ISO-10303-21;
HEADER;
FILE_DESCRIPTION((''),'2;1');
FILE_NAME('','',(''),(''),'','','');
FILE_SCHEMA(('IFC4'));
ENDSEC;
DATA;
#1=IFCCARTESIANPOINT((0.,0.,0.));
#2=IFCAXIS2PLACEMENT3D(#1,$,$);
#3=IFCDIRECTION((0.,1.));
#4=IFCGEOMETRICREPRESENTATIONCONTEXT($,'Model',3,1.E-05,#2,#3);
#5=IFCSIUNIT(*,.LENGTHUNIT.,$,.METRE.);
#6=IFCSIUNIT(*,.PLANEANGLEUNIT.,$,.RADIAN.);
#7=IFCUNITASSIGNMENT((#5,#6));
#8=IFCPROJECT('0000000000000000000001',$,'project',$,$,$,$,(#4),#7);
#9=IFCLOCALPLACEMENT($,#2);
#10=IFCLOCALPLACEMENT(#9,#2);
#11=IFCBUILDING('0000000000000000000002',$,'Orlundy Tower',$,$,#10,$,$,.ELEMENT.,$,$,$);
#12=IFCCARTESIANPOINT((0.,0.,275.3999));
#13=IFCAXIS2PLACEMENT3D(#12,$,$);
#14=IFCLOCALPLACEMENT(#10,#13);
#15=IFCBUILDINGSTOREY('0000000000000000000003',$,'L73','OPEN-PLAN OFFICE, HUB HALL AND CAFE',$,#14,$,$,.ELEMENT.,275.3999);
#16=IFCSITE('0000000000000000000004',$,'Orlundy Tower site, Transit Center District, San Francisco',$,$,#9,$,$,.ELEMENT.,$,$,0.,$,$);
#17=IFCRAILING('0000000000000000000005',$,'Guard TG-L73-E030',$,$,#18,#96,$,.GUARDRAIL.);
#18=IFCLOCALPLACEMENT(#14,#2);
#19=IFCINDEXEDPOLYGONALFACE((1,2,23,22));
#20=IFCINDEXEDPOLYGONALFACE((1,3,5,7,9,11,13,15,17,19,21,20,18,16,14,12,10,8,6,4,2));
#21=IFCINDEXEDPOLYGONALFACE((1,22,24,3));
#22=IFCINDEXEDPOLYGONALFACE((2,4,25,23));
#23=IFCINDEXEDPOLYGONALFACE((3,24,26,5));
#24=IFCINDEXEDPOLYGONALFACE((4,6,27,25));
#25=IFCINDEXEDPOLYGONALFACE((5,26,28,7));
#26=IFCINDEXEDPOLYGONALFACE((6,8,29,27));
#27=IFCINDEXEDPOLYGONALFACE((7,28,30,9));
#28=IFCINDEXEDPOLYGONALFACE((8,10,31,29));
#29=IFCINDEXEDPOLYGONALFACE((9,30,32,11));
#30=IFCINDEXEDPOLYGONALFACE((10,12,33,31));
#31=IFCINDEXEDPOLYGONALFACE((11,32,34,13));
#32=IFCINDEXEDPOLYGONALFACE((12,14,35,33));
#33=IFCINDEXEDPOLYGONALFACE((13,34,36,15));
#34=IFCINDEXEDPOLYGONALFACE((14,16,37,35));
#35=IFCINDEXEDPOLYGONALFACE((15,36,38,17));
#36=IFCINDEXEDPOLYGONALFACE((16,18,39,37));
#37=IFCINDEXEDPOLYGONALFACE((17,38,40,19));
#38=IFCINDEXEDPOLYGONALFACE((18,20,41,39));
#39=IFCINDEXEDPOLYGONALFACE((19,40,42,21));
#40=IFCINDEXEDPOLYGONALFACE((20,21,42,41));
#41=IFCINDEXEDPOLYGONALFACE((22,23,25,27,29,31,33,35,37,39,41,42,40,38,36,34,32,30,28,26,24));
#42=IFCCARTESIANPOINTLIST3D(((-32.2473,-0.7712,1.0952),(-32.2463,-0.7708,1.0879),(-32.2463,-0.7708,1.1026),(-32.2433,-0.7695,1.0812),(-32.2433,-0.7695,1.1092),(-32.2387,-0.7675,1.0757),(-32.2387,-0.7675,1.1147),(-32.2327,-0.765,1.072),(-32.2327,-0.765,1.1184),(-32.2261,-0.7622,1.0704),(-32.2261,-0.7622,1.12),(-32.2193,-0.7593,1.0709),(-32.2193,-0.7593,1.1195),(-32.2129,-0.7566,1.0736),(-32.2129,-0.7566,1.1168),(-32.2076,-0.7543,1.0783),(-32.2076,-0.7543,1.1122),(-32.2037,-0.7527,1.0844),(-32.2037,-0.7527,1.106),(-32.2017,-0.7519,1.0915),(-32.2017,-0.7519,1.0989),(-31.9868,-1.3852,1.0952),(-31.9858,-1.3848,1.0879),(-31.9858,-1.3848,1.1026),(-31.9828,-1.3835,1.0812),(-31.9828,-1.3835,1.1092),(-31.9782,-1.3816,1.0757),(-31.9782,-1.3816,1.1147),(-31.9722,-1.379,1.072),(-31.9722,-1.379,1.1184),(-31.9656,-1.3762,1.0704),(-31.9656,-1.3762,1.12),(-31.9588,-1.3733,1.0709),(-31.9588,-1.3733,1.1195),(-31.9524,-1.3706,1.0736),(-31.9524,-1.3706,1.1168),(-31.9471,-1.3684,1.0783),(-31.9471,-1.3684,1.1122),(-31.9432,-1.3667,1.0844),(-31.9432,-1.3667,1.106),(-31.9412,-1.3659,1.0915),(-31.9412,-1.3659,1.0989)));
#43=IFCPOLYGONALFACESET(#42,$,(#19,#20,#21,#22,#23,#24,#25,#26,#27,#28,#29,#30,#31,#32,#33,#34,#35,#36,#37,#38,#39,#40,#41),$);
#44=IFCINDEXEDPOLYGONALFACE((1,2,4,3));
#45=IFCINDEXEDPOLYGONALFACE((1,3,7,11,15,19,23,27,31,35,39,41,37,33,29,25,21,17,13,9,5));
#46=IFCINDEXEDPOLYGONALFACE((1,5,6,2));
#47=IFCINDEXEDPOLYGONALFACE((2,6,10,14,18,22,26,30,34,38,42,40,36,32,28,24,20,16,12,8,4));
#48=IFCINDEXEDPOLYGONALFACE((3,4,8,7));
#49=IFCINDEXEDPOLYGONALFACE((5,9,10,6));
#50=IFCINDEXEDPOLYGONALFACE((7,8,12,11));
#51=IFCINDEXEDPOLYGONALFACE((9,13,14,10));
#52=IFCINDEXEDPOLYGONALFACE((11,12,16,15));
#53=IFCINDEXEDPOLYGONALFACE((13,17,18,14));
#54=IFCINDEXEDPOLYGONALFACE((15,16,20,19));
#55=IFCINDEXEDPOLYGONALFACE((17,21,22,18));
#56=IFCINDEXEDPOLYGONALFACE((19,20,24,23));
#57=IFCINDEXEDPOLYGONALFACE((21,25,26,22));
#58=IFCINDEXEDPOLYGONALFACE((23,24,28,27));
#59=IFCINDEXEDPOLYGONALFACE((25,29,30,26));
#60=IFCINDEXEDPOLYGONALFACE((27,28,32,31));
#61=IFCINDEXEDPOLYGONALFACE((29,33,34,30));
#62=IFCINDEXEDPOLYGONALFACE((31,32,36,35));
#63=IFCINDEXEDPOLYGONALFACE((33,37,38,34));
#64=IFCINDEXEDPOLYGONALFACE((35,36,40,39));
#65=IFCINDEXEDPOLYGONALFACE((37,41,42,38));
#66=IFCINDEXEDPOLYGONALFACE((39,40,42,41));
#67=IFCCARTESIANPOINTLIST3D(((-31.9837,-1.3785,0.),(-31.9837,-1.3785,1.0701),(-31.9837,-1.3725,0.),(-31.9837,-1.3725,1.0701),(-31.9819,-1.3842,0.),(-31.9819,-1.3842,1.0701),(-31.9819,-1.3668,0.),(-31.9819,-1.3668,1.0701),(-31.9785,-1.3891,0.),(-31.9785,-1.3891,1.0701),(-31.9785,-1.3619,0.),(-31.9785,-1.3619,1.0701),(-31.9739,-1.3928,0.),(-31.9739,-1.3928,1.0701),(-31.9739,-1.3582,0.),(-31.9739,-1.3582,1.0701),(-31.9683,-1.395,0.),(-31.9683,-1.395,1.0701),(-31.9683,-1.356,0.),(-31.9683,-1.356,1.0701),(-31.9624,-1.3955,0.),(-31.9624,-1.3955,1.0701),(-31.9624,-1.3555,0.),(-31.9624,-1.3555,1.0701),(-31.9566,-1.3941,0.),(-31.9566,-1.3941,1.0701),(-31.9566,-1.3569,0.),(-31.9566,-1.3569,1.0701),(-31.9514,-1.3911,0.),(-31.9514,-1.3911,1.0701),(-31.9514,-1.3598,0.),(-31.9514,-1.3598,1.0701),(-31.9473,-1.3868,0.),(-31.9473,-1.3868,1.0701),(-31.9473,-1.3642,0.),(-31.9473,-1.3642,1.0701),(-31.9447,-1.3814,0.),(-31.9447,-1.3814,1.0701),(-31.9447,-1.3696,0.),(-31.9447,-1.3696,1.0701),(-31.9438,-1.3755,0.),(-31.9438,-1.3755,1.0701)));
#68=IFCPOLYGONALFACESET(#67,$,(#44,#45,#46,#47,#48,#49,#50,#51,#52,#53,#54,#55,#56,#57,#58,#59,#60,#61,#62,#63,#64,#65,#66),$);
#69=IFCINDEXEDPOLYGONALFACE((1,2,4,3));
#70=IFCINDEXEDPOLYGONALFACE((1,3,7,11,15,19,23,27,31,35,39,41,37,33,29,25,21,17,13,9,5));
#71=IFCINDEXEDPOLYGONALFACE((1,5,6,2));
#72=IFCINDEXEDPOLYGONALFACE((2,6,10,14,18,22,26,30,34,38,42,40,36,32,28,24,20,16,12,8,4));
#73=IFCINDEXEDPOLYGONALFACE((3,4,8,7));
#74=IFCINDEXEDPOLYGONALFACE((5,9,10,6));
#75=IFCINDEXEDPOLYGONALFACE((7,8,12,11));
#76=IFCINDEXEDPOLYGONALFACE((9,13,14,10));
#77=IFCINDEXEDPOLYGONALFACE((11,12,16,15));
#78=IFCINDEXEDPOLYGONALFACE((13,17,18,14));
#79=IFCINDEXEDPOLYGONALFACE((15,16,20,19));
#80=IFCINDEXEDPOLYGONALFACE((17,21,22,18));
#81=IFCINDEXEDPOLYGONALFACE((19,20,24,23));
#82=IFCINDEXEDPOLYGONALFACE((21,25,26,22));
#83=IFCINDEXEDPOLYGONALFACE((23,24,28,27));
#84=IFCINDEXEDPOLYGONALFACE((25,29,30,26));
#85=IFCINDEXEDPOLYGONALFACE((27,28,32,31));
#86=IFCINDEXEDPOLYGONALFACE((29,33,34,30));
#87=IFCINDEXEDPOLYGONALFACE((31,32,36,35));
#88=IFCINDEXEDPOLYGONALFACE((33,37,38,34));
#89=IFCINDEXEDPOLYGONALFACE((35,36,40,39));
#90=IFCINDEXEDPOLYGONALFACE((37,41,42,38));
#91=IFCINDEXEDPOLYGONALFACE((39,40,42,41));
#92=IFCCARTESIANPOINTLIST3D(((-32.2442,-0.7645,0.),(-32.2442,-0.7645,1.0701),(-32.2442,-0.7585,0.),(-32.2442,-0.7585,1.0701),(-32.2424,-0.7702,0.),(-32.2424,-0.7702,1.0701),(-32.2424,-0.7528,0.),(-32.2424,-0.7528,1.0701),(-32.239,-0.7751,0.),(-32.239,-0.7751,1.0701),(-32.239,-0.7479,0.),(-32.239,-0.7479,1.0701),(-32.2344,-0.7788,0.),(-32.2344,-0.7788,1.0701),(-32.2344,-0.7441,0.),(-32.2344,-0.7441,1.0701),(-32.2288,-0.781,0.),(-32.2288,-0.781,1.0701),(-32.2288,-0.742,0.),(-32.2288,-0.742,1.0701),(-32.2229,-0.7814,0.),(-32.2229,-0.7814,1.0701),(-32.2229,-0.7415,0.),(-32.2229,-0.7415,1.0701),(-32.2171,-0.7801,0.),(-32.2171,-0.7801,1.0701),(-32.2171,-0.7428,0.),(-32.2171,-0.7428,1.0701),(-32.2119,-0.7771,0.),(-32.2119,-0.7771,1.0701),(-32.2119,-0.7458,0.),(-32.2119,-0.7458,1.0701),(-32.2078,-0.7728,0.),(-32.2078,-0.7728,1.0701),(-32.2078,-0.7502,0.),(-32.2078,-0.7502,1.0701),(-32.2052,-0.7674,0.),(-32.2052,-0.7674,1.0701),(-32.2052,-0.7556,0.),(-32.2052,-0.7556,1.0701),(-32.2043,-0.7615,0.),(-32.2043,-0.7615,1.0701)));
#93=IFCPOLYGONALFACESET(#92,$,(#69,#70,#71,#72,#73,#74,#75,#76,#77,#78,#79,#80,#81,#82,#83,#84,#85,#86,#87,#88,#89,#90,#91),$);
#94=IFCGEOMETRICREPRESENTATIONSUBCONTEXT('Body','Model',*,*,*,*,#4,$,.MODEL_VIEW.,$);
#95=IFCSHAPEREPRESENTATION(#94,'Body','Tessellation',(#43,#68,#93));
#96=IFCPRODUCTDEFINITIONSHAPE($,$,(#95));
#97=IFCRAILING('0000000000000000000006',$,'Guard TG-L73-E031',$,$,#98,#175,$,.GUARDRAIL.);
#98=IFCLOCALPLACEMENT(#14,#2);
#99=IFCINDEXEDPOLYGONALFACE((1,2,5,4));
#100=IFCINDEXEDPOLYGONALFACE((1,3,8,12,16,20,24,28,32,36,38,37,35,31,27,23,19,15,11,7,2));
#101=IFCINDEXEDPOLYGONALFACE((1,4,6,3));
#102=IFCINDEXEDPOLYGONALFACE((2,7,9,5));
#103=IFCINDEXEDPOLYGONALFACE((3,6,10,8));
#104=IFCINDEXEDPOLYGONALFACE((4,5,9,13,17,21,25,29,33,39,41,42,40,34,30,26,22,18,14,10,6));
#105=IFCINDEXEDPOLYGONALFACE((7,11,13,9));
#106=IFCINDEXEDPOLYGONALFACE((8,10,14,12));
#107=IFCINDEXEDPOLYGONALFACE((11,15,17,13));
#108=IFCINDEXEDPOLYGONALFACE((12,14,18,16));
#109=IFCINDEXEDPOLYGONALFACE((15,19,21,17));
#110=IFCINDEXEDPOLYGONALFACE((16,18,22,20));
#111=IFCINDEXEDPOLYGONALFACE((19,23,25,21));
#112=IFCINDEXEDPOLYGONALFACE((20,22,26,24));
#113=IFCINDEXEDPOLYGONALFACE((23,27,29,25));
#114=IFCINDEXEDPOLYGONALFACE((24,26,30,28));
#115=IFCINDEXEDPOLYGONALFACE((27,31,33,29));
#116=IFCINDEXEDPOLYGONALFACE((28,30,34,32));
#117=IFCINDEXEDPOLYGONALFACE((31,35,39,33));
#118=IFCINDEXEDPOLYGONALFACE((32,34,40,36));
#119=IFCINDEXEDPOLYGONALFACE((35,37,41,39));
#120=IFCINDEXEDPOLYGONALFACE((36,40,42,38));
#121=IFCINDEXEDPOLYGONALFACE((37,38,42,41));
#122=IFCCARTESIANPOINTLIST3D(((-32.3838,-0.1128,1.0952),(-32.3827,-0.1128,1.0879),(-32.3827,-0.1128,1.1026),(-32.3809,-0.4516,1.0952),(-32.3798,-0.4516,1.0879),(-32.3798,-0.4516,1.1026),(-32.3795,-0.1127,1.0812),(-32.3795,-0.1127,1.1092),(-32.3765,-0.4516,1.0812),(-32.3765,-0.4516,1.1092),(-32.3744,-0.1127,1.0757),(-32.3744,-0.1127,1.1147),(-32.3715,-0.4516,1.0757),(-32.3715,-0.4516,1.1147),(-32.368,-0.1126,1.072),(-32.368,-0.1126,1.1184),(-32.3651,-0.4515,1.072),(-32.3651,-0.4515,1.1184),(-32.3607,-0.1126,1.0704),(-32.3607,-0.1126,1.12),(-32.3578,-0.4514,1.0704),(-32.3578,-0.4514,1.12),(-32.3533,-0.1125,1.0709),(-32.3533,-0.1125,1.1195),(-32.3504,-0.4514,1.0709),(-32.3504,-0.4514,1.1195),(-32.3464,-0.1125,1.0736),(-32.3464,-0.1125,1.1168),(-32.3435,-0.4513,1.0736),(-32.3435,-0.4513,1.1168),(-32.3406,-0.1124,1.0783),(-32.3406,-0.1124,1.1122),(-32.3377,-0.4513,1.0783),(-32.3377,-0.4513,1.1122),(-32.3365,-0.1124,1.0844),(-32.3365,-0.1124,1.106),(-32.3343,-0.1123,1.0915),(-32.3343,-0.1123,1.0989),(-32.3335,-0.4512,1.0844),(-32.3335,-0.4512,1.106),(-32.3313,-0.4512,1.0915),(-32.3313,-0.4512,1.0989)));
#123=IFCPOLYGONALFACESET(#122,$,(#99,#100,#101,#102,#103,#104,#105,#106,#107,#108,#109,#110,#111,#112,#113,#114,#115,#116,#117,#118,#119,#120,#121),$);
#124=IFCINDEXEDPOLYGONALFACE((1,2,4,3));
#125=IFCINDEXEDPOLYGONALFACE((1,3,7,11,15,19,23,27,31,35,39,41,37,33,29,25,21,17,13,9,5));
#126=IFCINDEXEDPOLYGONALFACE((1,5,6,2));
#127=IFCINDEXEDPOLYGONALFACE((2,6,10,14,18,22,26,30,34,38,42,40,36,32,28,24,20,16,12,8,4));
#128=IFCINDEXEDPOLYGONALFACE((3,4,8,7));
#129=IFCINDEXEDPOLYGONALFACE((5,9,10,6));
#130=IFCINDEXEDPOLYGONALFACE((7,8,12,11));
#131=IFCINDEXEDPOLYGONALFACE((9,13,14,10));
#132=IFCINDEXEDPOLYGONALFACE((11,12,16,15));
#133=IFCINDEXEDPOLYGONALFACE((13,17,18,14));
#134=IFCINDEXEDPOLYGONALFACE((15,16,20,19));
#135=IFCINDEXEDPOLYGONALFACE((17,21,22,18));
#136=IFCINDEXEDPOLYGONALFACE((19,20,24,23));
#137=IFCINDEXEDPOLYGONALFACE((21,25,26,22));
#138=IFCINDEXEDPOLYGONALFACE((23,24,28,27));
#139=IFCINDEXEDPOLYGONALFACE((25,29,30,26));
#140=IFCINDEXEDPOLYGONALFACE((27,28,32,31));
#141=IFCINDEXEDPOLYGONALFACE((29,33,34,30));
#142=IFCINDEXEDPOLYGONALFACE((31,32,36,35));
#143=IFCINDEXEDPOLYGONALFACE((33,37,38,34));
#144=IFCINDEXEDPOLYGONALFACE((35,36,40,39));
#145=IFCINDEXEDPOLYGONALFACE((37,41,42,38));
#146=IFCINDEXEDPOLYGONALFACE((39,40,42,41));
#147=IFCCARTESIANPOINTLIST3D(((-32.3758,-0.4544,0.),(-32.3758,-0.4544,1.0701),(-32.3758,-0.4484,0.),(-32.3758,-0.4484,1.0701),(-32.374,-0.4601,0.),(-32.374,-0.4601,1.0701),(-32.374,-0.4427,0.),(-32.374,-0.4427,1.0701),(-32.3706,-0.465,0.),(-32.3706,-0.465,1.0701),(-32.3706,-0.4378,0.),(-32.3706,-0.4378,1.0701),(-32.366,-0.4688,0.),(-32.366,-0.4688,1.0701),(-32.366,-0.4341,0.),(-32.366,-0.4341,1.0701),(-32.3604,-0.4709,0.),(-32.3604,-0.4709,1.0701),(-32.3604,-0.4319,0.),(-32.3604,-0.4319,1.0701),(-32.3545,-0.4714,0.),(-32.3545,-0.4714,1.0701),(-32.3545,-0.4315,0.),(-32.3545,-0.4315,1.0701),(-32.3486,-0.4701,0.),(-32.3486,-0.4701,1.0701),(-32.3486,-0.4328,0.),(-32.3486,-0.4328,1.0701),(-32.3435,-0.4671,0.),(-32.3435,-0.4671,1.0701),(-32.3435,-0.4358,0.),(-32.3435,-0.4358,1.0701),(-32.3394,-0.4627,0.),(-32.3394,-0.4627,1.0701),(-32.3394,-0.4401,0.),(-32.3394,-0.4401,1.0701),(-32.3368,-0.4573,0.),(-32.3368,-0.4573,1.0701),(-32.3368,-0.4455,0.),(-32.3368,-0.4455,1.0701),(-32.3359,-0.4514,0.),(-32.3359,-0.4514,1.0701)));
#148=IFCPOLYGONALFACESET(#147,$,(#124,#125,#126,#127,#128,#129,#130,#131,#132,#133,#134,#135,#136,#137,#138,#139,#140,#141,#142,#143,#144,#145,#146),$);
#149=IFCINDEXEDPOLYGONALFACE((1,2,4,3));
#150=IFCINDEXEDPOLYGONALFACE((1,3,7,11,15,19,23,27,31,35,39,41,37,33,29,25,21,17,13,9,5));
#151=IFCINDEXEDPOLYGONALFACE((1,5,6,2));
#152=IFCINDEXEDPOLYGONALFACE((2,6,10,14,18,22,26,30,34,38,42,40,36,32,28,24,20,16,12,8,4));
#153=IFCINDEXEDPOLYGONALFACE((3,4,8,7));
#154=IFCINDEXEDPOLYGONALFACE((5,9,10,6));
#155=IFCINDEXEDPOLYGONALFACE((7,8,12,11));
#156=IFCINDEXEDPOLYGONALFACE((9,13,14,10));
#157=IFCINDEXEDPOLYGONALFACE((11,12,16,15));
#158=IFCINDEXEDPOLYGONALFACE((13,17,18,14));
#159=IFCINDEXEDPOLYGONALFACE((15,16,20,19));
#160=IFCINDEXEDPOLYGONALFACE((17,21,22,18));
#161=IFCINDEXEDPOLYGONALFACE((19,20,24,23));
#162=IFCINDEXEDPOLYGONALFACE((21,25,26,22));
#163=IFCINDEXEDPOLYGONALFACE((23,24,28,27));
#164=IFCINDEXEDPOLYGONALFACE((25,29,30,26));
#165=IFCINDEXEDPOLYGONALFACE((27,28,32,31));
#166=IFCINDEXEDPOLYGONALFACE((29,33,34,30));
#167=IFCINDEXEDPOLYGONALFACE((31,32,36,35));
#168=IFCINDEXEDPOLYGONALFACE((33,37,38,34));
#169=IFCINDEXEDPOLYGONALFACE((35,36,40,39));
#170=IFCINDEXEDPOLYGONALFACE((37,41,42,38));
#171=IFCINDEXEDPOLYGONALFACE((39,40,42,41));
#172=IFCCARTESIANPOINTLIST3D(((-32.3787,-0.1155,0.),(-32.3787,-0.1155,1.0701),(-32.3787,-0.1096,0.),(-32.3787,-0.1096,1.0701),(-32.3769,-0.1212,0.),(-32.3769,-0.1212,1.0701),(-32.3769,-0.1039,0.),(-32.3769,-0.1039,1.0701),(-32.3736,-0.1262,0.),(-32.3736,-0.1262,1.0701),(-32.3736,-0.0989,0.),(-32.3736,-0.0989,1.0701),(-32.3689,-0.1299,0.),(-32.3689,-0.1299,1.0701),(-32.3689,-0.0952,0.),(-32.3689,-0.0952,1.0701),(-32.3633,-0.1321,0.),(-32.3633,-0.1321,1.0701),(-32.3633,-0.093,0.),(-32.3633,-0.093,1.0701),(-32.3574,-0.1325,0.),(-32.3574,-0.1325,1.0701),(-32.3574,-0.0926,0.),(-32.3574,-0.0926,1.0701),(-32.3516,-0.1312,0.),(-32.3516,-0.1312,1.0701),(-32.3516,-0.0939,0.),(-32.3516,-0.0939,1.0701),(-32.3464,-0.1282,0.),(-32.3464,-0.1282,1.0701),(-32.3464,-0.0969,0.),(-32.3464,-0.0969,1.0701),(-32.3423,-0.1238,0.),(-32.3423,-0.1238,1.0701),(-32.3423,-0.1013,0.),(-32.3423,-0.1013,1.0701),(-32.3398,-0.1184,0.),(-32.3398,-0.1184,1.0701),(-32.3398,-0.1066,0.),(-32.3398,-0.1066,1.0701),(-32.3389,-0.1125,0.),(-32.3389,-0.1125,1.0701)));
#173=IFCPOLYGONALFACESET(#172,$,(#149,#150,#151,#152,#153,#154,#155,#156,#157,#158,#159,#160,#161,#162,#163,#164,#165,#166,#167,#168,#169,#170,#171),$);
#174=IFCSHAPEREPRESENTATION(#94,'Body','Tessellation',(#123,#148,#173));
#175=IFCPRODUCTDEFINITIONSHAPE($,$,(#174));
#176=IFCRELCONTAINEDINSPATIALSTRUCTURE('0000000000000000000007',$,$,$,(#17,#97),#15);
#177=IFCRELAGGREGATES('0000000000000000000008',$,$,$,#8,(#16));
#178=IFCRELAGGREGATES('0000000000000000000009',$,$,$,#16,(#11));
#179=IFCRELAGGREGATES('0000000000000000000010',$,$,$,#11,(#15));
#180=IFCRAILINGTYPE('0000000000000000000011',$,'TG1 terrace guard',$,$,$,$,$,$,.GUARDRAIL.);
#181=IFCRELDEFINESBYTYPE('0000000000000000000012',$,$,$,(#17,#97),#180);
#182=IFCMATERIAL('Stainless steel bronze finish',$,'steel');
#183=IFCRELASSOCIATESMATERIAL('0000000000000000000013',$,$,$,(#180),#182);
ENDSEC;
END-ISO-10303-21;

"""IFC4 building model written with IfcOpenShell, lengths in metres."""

from ifc_helpers import new_model, si_unit, direction, frame, origin, origin_2d, place, context, subcontext, project, spatial, circle, extrude, material, type_object, element, save


model = new_model("IFC4")

# Units and contexts
model_context = context("Model", 3, precision=1e-05, world=origin(), true_north=direction((0.0, 1.0)))
body_context = subcontext(model_context, "Body", "Model", "MODEL_VIEW")
ifc_project = project(units=[si_unit("LENGTHUNIT", "METRE"), si_unit("PLANEANGLEUNIT", "RADIAN")], contexts=[model_context])

# Site, building, storey
site_placement = place(None, origin())
site = spatial("IfcSite", under=ifc_project, at=site_placement, Name="Orlundy Tower site, Transit Center District, San Francisco", CompositionType="ELEMENT", RefElevation=0.0)
building_placement = place(site_placement, origin())
building = spatial("IfcBuilding", under=site, at=building_placement, Name="Orlundy Tower", CompositionType="ELEMENT")
storey_placement = place(building_placement, frame((0.0, 0.0, 275.3999)))
storey = spatial("IfcBuildingStorey", under=building, at=storey_placement, Name="L73", Description="OPEN-PLAN OFFICE, HUB HALL AND CAFE", CompositionType="ELEMENT", Elevation=275.3999)

# Railings
ifc_material_1 = material(Name="Stainless steel bronze finish", Category="steel")
railing_type = type_object("IfcRailingType", Name="TG1 terrace guard", PredefinedType="GUARDRAIL", material=ifc_material_1)
railing_1_placement = place(storey_placement, frame((-31.9639, -1.3755, 0.0)))
element("IfcRailing", 1, at=railing_1_placement, inside=storey, type_object=railing_type, Name="Guard TG-L73-E030", PredefinedType="GUARDRAIL", context=body_context, shape_type="SweptSolid", body=[
    extrude(circle(Radius=0.0249, at=origin_2d()), frame((0.0, 0.0, 1.0952), z_axis=(-0.390559, 0.920578, 0.0), x_axis=(-0.920578, -0.390559, 0.0)), (0.0, 0.0, 1.0), 0.667),
    extrude(circle(Radius=0.02, at=origin_2d()), origin(), (0.0, 0.0, 1.0), 1.0701),
    extrude(circle(Radius=0.02, at=origin_2d()), frame((-0.2605, 0.614, 0.0)), (0.0, 0.0, 1.0), 1.0701),
])
railing_2_placement = place(storey_placement, frame((-32.356, -0.4514, 0.0)))
element("IfcRailing", 2, at=railing_2_placement, inside=storey, type_object=railing_type, Name="Guard TG-L73-E031", PredefinedType="GUARDRAIL", context=body_context, shape_type="SweptSolid", body=[
    extrude(circle(Radius=0.0249, at=origin_2d()), frame((0.0, 0.0, 1.0952), z_axis=(-0.008645, 0.999963, 0.0), x_axis=(-0.999963, -0.008645, 0.0)), (0.0, 0.0, 1.0), 0.3389),
    extrude(circle(Radius=0.02, at=origin_2d()), origin(), (0.0, 0.0, 1.0), 1.0701),
    extrude(circle(Radius=0.02, at=origin_2d()), frame((-0.0029, 0.3389, 0.0)), (0.0, 0.0, 1.0), 1.0701),
])

save(model, "model.ifc")
